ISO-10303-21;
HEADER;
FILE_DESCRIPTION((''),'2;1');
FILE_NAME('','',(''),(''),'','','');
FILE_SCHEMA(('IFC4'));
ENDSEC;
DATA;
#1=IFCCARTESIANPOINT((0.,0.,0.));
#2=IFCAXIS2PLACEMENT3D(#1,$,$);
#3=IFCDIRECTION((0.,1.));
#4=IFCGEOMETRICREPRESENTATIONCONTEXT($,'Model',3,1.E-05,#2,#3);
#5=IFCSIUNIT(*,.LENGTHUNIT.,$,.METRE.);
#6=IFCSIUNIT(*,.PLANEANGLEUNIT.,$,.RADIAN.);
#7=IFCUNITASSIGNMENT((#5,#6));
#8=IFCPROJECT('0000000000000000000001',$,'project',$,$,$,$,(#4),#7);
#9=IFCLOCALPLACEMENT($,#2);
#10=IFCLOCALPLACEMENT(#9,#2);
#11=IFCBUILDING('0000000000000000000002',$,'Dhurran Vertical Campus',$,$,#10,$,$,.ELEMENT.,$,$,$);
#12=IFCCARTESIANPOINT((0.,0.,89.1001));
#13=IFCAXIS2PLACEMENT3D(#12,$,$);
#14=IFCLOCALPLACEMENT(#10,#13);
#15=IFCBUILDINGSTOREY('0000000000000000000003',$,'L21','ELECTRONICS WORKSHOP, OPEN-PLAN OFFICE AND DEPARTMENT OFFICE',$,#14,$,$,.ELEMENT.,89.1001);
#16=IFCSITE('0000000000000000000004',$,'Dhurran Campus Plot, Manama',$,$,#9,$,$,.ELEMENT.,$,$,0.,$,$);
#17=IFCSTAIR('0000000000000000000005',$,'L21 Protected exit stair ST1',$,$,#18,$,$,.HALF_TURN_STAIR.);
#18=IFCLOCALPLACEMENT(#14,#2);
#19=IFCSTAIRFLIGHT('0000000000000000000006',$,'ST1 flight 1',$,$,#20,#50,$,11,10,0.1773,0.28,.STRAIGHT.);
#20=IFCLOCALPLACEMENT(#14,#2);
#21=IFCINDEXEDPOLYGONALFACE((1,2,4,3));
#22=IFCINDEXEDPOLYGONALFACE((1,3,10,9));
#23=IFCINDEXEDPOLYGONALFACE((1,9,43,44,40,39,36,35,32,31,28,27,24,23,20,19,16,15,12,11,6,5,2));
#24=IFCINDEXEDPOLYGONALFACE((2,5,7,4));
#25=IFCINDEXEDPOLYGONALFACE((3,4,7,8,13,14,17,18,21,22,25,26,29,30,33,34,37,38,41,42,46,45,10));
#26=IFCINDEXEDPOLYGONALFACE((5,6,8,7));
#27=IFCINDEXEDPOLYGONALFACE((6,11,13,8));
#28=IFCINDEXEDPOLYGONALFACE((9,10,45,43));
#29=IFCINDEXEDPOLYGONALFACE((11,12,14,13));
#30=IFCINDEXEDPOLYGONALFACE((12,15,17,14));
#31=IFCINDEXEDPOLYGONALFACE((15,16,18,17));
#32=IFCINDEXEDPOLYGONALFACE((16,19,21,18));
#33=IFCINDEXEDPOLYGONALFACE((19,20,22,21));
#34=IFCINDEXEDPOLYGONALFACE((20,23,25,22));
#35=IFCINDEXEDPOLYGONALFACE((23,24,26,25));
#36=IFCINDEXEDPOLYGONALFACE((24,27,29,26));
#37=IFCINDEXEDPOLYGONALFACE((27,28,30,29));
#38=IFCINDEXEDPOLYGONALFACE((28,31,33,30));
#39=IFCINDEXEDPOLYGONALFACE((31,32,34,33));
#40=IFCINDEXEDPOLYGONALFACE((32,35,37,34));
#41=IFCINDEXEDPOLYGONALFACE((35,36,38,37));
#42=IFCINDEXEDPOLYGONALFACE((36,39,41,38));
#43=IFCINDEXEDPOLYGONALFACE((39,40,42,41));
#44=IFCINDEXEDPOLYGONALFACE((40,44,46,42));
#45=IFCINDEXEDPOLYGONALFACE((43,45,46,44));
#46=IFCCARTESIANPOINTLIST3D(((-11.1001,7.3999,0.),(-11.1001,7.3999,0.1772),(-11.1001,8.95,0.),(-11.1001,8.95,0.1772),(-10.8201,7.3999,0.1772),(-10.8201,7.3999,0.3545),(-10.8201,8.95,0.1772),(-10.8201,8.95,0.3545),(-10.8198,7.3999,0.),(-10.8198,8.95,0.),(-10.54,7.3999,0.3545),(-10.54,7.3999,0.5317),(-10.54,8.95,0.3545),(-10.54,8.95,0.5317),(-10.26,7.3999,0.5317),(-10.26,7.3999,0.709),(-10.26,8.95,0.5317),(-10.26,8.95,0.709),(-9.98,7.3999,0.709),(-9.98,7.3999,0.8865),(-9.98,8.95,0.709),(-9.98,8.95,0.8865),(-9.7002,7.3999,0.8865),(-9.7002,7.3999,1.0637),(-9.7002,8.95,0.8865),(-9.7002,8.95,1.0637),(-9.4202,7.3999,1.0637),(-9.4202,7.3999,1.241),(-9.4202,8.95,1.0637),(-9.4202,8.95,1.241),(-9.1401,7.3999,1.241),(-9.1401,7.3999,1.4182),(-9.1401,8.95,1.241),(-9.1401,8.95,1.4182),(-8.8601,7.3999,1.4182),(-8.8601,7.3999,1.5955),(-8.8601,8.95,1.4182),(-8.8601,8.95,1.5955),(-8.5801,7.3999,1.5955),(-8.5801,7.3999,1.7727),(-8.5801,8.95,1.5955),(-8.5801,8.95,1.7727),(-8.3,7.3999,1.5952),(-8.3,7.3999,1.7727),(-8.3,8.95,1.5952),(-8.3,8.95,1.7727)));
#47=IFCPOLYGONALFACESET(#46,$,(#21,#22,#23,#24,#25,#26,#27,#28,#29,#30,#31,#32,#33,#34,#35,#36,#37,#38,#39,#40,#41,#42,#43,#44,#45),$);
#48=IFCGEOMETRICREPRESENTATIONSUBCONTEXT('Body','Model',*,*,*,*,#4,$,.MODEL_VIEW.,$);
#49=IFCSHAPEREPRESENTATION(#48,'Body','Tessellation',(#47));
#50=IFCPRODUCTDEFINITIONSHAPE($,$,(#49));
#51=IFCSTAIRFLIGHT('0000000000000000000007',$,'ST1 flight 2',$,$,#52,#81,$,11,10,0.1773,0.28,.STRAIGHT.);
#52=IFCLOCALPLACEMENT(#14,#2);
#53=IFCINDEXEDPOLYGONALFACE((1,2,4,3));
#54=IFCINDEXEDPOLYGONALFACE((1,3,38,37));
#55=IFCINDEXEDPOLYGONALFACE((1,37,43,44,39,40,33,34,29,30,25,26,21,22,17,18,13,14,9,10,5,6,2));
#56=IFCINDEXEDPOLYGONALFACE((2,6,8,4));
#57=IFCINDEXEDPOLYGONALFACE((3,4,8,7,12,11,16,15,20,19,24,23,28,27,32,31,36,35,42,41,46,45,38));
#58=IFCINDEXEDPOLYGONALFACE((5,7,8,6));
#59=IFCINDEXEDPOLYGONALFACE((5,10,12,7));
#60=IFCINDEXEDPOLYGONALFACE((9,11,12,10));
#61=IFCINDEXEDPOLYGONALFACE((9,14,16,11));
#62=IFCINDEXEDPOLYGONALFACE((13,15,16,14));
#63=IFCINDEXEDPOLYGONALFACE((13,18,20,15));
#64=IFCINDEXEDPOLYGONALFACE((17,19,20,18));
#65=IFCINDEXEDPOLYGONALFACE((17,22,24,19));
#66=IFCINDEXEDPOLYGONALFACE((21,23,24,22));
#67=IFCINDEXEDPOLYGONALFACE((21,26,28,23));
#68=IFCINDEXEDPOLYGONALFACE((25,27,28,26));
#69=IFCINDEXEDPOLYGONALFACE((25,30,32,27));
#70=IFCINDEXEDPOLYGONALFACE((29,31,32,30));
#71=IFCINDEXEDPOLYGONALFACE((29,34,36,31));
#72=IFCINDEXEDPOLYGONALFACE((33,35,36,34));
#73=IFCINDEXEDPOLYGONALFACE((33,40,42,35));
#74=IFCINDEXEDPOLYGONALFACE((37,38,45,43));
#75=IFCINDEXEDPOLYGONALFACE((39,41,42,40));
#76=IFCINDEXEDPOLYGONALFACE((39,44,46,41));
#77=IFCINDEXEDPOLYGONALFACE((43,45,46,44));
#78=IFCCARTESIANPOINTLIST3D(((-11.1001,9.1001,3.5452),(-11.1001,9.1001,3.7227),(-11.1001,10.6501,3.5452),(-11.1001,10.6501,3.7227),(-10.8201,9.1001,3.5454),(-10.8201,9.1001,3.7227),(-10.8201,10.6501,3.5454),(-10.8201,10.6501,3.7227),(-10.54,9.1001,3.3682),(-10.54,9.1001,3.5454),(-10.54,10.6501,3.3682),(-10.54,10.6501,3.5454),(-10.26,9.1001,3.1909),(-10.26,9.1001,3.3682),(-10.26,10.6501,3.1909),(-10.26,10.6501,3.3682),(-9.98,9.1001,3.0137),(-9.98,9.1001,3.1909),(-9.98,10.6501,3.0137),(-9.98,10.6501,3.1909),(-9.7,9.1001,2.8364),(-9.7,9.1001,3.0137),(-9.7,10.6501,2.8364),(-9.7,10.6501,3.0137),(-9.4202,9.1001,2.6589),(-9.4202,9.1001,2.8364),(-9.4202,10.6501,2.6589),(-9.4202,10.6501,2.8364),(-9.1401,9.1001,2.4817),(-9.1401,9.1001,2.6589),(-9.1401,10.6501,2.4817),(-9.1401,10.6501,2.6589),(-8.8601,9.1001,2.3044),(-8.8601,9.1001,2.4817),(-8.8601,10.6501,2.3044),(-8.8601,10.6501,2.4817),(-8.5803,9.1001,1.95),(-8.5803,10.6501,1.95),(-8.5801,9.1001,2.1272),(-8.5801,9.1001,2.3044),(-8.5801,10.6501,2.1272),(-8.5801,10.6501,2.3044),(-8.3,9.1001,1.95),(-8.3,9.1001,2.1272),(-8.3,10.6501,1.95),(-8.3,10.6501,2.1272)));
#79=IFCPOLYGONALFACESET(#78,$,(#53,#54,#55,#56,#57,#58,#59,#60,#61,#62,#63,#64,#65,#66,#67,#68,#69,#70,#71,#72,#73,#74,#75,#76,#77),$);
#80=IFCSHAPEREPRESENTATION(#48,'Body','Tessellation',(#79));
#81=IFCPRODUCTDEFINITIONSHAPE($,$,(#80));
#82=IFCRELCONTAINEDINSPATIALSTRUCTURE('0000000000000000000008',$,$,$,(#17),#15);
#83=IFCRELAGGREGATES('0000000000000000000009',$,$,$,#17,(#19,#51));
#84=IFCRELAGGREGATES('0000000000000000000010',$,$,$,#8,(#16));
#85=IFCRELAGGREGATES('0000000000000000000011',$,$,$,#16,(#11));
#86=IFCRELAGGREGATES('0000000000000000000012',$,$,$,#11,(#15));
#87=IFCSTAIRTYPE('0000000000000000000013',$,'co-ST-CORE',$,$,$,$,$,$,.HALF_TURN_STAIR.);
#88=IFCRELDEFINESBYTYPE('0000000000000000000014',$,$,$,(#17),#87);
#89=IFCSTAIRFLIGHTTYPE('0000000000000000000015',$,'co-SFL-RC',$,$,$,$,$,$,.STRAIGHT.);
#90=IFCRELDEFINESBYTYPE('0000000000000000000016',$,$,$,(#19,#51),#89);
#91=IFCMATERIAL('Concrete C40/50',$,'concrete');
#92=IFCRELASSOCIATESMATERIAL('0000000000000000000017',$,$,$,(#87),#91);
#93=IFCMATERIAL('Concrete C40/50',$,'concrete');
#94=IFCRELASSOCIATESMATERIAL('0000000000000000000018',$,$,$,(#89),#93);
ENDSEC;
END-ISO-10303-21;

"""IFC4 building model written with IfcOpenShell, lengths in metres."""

from ifc_helpers import new_model, si_unit, direction, frame, origin, place, context, subcontext, project, spatial, polyline, outline, extrude, material, type_object, element, aggregate, save


model = new_model("IFC4")

# Units and contexts
model_context = context("Model", 3, precision=1e-05, world=origin(), true_north=direction((0.0, 1.0)))
body_context = subcontext(model_context, "Body", "Model", "MODEL_VIEW")
ifc_project = project(units=[si_unit("LENGTHUNIT", "METRE"), si_unit("PLANEANGLEUNIT", "RADIAN")], contexts=[model_context])

# Site, building, storey
site_placement = place(None, origin())
site = spatial("IfcSite", under=ifc_project, at=site_placement, Name="Dhurran Campus Plot, Manama", CompositionType="ELEMENT", RefElevation=0.0)
building_placement = place(site_placement, origin())
building = spatial("IfcBuilding", under=site, at=building_placement, Name="Dhurran Vertical Campus", CompositionType="ELEMENT")
storey_placement = place(building_placement, frame((0.0, 0.0, 89.1001)))
storey = spatial("IfcBuildingStorey", under=building, at=storey_placement, Name="L21", Description="ELECTRONICS WORKSHOP, OPEN-PLAN OFFICE AND DEPARTMENT OFFICE", CompositionType="ELEMENT", Elevation=89.1001)

# Stair, stair flights
ifc_material_1 = material(Name="Concrete C40/50", Category="concrete")
stair_type = type_object("IfcStairType", Name="co-ST-CORE", PredefinedType="HALF_TURN_STAIR", material=ifc_material_1)
stair_placement = place(storey_placement, origin())
stair = element("IfcStair", 1, at=stair_placement, inside=storey, type_object=stair_type, Name="L21 Protected exit stair ST1", PredefinedType="HALF_TURN_STAIR")
ifc_material_2 = material(Name="Concrete C40/50", Category="concrete")
stair_flight_type = type_object("IfcStairFlightType", Name="co-SFL-RC", PredefinedType="STRAIGHT", material=ifc_material_2)
stair_flight_1_placement = place(storey_placement, frame((-11.1001, 8.175, 0.0), z_axis=(0.0, 0.0, 1.0), x_axis=(1.0, 0.0, 0.0)))
stair_flight_1 = element("IfcStairFlight", 2, at=stair_flight_1_placement, type_object=stair_flight_type, Name="ST1 flight 1", NumberOfRisers=11, NumberOfTreads=10, PredefinedType="STRAIGHT", RiserHeight=0.1773, TreadLength=0.28, context=body_context, shape_type="SweptSolid", body=[
    extrude(outline(polyline([(0.0, 0.0), (0.0, 0.1772), (0.28, 0.1772), (0.28, 0.3545), (0.5601, 0.3545), (0.5601, 0.5317), (0.8401, 0.5317), (0.8401, 0.709), (1.1201, 0.709), (1.1201, 0.8865), (1.3999, 0.8865), (1.3999, 1.0637), (1.6799, 1.0637), (1.6799, 1.241), (1.96, 1.241), (1.96, 1.4182), (2.24, 1.4182), (2.24, 1.5955), (2.52, 1.5955), (2.52, 1.7727), (2.8, 1.7727), (2.8, 1.95), (2.8, 1.5952), (0.2803, 0.0), (0.0, 0.0)])), frame((0.0, 0.7749, 0.0), z_axis=(0.0, -1.0, 0.0), x_axis=(1.0, 0.0, 0.0)), (0.0, 0.0, 1.0), 1.55),
])
stair_flight_2_placement = place(storey_placement, frame((-8.3, 9.875, 1.95), z_axis=(0.0, 0.0, 1.0), x_axis=(-1.0, 0.0, 0.0)))
stair_flight_2 = element("IfcStairFlight", 3, at=stair_flight_2_placement, type_object=stair_flight_type, Name="ST1 flight 2", NumberOfRisers=11, NumberOfTreads=10, PredefinedType="STRAIGHT", RiserHeight=0.1773, TreadLength=0.28, context=body_context, shape_type="SweptSolid", body=[
    extrude(outline(polyline([(0.0, 0.0), (0.0, 0.1772), (0.28, 0.1772), (0.28, 0.3545), (0.5601, 0.3545), (0.5601, 0.5317), (0.8401, 0.5317), (0.8401, 0.709), (1.1201, 0.709), (1.1201, 0.8865), (1.3999, 0.8865), (1.3999, 1.0637), (1.6799, 1.0637), (1.6799, 1.241), (1.96, 1.241), (1.96, 1.4182), (2.24, 1.4182), (2.24, 1.5955), (2.52, 1.5955), (2.52, 1.7727), (2.8, 1.7727), (2.8, 1.95), (2.8, 1.5952), (0.2803, 0.0), (0.0, 0.0)])), frame((0.0, 0.7749, 0.0), z_axis=(0.0, -1.0, 0.0), x_axis=(1.0, 0.0, 0.0)), (0.0, 0.0, 1.0), 1.55),
])
aggregate(stair, [stair_flight_1, stair_flight_2])

save(model, "model.ifc")
